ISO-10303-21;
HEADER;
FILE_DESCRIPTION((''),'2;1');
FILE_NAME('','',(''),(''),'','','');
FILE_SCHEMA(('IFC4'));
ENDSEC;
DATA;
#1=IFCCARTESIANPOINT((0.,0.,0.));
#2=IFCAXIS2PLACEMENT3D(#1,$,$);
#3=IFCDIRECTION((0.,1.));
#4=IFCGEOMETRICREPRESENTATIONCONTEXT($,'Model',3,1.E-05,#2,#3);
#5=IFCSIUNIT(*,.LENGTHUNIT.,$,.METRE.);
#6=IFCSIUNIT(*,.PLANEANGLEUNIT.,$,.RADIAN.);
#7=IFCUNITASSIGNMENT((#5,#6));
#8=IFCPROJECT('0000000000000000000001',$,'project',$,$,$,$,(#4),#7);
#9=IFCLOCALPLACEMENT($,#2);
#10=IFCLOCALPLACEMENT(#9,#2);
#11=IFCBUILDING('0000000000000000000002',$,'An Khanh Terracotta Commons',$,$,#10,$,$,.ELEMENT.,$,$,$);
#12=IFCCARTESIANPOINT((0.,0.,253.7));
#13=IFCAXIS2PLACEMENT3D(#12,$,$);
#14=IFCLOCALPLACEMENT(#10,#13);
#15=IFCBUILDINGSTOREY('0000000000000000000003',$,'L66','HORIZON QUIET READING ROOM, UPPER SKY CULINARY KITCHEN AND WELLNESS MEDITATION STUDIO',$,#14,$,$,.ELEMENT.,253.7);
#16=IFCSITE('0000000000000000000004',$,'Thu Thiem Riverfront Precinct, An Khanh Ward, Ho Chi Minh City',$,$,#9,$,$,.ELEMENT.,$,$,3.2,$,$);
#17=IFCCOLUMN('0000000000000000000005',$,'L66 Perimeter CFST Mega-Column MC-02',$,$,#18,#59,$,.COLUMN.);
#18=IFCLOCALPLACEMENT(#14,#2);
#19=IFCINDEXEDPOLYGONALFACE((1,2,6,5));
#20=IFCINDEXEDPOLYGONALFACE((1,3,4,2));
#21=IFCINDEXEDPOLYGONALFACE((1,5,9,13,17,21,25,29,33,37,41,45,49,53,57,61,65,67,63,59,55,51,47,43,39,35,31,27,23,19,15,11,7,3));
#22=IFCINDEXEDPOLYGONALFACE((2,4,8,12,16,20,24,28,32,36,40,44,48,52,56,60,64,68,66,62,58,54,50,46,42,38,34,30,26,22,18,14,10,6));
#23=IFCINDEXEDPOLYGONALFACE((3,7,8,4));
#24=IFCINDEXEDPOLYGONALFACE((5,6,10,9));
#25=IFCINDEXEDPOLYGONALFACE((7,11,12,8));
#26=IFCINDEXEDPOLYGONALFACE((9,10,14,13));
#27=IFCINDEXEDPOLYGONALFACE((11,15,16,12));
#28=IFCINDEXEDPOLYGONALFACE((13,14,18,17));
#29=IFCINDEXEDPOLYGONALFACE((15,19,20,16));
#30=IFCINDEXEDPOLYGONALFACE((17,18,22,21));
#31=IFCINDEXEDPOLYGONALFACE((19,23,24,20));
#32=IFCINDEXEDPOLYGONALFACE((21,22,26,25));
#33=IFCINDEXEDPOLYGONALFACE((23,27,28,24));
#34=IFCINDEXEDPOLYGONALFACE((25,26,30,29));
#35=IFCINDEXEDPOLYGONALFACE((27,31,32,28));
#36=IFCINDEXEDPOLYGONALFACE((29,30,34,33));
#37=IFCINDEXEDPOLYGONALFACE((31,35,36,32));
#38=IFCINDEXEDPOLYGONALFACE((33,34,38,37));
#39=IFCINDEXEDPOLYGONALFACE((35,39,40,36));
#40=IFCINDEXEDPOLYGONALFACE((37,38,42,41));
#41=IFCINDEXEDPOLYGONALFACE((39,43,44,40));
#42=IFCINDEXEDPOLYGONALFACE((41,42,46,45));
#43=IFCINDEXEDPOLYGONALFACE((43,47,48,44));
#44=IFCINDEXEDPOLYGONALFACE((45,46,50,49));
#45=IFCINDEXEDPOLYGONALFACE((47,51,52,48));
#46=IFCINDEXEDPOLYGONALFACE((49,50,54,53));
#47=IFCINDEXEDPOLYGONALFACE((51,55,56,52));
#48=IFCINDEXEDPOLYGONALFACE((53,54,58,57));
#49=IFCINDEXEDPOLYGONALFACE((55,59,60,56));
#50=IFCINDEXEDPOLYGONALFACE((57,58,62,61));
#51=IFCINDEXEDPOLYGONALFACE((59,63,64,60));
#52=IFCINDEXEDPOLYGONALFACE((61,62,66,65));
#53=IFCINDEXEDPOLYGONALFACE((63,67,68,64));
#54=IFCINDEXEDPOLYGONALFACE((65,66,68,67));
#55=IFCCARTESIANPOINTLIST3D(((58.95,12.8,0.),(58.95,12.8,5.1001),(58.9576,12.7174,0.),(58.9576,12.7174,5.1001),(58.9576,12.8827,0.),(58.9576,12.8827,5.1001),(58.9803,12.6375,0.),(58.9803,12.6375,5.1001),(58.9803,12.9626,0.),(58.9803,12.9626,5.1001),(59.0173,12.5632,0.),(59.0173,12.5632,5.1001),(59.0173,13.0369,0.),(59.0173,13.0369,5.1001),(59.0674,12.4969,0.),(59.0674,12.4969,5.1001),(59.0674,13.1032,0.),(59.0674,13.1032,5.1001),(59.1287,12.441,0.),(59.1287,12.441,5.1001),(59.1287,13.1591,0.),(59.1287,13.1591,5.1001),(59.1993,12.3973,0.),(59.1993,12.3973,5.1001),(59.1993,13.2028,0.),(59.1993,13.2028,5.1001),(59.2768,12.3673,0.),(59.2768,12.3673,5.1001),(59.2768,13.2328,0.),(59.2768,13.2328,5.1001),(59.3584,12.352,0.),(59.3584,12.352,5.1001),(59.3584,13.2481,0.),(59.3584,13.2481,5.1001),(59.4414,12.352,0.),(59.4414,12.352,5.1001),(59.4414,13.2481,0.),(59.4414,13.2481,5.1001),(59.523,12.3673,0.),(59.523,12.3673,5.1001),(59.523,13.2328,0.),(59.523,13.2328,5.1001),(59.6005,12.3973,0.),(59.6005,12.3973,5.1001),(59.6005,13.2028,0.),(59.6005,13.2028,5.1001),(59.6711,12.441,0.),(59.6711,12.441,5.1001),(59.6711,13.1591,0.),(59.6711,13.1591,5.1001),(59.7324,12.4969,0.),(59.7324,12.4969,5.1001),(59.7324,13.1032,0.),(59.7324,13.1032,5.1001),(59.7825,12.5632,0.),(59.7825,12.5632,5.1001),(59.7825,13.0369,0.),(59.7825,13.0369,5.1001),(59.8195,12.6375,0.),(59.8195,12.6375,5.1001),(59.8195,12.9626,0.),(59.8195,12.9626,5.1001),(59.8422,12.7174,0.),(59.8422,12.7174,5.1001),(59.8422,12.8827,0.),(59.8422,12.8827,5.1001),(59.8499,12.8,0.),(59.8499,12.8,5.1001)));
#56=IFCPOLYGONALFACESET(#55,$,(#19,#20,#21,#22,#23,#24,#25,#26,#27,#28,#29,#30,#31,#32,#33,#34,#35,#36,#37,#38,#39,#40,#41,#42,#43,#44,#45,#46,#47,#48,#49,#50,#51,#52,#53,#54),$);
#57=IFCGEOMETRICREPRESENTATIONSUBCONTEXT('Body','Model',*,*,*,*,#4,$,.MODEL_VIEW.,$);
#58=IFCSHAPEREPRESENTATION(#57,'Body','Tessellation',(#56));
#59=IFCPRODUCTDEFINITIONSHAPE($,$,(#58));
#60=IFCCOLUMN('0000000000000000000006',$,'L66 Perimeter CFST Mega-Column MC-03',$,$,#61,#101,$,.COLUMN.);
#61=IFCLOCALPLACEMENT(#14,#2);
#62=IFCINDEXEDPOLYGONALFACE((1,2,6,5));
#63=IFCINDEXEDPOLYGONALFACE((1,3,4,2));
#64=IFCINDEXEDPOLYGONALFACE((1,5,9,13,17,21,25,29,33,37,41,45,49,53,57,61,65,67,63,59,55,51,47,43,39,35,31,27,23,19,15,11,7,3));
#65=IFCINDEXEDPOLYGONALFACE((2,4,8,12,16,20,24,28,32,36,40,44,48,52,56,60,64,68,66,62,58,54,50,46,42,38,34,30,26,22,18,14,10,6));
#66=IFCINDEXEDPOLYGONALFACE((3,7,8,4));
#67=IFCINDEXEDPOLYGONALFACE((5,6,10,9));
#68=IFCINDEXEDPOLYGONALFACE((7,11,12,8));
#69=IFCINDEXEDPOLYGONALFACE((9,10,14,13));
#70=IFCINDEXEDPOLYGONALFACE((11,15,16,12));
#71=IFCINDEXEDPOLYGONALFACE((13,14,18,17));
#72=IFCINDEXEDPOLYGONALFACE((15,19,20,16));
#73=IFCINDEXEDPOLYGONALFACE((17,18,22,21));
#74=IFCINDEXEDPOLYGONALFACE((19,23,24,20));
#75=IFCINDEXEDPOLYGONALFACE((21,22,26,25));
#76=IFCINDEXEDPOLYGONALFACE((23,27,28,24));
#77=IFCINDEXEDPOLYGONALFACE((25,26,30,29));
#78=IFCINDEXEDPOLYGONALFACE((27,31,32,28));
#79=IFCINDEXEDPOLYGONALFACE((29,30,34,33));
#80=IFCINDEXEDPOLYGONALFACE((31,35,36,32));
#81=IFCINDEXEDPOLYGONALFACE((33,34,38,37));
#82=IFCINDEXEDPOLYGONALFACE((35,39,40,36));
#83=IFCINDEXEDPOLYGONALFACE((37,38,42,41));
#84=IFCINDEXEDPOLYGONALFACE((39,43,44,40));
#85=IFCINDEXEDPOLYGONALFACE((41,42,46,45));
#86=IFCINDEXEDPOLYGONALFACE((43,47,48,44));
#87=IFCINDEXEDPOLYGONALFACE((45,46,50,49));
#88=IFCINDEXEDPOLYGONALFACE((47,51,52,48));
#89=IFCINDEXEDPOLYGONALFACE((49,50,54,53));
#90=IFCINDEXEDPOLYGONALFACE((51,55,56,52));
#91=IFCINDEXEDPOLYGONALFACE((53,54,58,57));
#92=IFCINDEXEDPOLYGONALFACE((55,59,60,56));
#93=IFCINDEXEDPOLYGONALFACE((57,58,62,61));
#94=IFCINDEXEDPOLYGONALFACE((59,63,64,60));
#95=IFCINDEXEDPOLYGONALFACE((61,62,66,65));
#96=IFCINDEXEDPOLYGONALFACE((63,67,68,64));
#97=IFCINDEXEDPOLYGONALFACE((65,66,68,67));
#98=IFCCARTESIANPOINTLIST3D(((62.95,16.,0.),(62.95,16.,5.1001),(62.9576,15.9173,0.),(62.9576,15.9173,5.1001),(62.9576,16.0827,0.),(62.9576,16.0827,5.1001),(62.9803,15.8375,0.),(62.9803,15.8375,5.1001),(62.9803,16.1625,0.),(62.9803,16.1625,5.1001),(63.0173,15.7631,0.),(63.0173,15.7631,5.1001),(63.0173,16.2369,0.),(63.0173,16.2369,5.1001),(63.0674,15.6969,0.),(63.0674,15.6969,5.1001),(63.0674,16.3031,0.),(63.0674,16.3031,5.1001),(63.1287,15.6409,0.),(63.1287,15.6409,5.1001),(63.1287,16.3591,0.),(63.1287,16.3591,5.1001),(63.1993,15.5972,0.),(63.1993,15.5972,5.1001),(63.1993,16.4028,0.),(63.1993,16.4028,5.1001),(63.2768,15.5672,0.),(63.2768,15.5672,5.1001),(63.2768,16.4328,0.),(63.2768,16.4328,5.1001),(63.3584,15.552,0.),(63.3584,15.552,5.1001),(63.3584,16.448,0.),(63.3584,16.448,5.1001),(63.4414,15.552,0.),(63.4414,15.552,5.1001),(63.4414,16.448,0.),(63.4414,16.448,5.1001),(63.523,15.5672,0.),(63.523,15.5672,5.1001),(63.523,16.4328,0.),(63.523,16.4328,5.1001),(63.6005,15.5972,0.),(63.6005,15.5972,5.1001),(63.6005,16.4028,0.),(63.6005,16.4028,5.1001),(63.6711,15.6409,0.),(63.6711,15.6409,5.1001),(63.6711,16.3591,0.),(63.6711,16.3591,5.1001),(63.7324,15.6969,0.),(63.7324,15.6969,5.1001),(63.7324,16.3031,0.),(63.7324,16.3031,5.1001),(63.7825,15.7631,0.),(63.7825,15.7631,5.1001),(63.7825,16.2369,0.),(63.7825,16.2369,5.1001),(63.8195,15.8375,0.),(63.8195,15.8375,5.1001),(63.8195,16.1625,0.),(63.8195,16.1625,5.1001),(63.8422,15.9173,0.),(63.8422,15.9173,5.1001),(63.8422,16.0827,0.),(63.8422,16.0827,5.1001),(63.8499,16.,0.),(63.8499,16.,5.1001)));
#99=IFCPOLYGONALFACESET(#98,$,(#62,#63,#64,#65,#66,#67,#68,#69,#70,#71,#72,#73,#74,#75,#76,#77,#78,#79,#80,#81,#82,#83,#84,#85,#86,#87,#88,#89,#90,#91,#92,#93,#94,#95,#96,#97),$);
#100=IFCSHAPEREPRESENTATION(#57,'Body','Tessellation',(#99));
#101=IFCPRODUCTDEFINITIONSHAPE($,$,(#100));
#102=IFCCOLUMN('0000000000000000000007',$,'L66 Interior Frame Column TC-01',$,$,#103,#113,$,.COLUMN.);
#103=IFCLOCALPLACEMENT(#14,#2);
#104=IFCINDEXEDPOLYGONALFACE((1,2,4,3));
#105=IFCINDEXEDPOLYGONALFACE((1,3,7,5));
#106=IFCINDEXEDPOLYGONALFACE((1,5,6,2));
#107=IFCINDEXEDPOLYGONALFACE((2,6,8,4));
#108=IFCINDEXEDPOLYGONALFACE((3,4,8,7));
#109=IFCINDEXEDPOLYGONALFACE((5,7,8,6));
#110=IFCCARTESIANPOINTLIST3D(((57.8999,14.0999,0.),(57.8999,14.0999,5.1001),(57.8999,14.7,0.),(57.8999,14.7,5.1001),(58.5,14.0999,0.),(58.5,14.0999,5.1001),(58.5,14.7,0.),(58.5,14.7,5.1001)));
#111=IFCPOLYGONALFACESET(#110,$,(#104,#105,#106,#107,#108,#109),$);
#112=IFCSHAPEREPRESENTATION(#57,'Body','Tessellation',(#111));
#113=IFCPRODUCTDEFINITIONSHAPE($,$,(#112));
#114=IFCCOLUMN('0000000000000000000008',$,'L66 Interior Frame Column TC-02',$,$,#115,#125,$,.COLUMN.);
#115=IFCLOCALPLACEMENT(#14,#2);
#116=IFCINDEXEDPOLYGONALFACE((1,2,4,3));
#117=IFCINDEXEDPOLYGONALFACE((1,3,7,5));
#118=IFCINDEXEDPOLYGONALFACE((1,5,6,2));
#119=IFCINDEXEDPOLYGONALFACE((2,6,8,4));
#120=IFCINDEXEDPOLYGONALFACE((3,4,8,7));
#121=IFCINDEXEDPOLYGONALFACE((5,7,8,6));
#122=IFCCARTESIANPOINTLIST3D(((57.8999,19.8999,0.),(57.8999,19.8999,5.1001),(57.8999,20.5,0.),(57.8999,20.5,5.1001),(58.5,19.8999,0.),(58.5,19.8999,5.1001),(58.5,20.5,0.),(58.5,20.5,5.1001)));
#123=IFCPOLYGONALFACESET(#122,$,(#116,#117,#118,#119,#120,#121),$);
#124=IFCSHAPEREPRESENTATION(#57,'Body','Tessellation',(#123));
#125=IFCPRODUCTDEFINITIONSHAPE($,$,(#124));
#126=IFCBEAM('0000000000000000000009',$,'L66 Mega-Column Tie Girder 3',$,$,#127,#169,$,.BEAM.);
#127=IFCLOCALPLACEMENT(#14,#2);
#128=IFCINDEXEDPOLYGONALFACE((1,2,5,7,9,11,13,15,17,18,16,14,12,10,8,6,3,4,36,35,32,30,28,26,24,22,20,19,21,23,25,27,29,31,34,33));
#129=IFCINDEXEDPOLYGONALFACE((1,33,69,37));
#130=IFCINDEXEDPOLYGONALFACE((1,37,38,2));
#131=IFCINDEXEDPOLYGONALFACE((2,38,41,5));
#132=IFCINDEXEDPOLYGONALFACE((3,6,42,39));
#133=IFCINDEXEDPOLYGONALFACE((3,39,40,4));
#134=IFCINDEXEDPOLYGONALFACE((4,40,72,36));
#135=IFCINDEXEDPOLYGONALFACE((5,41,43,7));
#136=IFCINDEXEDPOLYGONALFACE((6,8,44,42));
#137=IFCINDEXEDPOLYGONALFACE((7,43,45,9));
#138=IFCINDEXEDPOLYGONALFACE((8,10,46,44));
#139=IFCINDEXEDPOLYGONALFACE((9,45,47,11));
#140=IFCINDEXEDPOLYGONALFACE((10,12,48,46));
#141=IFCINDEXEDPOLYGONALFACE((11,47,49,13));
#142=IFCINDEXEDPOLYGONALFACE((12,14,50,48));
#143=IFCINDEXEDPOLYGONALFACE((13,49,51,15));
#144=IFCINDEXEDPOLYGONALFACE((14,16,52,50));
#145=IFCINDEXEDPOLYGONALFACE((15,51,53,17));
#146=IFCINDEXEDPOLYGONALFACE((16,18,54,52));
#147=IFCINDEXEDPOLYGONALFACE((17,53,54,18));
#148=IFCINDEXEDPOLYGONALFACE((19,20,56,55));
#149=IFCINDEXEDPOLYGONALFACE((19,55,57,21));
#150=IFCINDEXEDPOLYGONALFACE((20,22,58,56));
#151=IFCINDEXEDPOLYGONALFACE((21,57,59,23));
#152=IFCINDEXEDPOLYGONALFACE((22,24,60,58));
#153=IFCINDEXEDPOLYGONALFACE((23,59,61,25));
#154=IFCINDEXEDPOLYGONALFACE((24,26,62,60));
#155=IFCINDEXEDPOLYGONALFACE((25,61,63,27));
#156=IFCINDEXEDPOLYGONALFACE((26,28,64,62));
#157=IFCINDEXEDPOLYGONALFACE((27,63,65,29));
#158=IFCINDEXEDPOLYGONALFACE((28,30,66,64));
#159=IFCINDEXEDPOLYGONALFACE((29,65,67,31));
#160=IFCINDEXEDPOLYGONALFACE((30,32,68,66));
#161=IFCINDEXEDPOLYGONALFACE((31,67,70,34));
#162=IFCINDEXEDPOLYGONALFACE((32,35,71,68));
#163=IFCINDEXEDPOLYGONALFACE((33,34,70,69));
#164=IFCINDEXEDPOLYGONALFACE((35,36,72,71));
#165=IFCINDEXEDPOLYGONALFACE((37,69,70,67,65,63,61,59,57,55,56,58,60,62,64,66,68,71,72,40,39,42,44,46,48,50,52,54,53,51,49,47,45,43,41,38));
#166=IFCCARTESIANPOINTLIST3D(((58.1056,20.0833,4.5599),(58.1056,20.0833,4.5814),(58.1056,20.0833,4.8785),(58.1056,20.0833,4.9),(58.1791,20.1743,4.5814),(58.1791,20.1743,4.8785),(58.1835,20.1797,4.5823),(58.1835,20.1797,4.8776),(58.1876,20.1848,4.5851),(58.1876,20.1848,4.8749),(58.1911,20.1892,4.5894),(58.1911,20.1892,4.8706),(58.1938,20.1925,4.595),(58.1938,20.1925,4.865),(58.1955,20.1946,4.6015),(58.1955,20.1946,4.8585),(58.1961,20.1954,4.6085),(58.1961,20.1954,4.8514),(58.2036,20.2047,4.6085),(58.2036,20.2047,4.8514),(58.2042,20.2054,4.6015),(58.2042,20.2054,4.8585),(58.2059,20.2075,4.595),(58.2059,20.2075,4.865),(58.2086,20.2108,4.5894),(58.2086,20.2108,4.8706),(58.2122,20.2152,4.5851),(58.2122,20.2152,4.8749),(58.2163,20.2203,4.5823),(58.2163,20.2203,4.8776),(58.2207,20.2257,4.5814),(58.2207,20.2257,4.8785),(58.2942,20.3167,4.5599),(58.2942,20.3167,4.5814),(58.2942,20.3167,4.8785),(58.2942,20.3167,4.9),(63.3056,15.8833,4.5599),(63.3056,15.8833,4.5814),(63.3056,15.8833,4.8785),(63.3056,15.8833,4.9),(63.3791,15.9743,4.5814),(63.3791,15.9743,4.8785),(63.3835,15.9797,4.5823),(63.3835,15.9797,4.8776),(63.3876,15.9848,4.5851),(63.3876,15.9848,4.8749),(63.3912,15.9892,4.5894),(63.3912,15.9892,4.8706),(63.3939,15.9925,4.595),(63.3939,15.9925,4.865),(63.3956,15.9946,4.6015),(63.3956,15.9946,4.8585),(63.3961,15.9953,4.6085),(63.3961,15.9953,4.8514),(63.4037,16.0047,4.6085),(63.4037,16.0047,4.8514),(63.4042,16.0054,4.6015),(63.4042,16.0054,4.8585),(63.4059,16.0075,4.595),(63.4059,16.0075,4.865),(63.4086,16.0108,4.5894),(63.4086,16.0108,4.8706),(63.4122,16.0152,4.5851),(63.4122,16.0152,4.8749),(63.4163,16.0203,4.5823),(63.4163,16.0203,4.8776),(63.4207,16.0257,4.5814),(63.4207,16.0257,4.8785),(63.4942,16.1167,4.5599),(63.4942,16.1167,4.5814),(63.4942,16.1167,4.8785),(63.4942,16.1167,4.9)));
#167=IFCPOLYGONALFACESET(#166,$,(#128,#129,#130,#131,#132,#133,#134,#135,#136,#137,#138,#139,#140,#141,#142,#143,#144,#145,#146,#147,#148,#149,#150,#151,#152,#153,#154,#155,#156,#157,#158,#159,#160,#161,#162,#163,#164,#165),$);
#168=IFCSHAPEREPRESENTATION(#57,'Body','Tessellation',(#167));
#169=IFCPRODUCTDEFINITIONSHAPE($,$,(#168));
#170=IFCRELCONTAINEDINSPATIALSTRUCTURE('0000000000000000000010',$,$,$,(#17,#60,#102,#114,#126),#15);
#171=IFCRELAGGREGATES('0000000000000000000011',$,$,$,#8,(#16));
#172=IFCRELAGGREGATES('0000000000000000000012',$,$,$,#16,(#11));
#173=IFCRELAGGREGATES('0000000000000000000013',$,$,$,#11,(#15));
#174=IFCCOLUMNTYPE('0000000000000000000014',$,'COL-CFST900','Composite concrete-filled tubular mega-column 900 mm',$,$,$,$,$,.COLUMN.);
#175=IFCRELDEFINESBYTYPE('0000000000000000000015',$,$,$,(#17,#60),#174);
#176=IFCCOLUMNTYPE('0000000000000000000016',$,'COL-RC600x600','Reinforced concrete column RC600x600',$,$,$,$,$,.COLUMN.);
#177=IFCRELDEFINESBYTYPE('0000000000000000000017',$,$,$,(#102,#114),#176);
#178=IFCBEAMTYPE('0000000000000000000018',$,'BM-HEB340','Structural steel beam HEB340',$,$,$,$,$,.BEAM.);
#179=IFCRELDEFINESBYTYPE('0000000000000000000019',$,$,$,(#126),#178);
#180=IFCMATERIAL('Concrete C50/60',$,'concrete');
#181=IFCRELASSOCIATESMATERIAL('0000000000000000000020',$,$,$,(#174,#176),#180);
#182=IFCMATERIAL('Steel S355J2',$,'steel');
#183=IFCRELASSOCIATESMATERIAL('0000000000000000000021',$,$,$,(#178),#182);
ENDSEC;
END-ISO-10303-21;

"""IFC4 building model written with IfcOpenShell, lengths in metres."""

from ifc_helpers import new_model, si_unit, direction, frame, origin, origin_2d, place, context, subcontext, project, spatial, rectangle, circle, i_section, extrude, material, material_profile, profile_set, type_object, element, save


model = new_model("IFC4")

# Units and contexts
model_context = context("Model", 3, precision=1e-05, world=origin(), true_north=direction((0.0, 1.0)))
body_context = subcontext(model_context, "Body", "Model", "MODEL_VIEW")
ifc_project = project(units=[si_unit("LENGTHUNIT", "METRE"), si_unit("PLANEANGLEUNIT", "RADIAN")], contexts=[model_context])

# Site, building, storey
site_placement = place(None, origin())
site = spatial("IfcSite", under=ifc_project, at=site_placement, Name="Thu Thiem Riverfront Precinct, An Khanh Ward, Ho Chi Minh City", CompositionType="ELEMENT", RefElevation=3.2)
building_placement = place(site_placement, origin())
building = spatial("IfcBuilding", under=site, at=building_placement, Name="An Khanh Terracotta Commons", CompositionType="ELEMENT")
storey_placement = place(building_placement, frame((0.0, 0.0, 253.7)))
storey = spatial("IfcBuildingStorey", under=building, at=storey_placement, Name="L66", Description="HORIZON QUIET READING ROOM, UPPER SKY CULINARY KITCHEN AND WELLNESS MEDITATION STUDIO", CompositionType="ELEMENT", Elevation=253.7)

# Columns
ifc_material_1 = material(Name="Concrete C50/60", Category="concrete")
ifc_material_profile_1 = material_profile(ifc_material_1, circle(Radius=0.45, at=origin_2d()), Name="CFST900")
ifc_profile_set_1 = profile_set([ifc_material_profile_1], Name="Concrete C50/60")
column_type_1 = type_object("IfcColumnType", Name="COL-CFST900", Description="Composite concrete-filled tubular mega-column 900 mm", PredefinedType="COLUMN", material=ifc_profile_set_1)
for number, where, z_axis, x_axis, name in (
    (1, (59.3999, 12.8, 0.0), (0.0, 0.0, 1.0), (1.0, 0.0, 0.0), "L66 Perimeter CFST Mega-Column MC-02"),
    (2, (63.3999, 16.0, 0.0), (0.0, 0.0, 1.0), (1.0, 0.0, 0.0), "L66 Perimeter CFST Mega-Column MC-03"),
):
    element("IfcColumn", number, at=place(storey_placement, frame(where, z_axis=z_axis, x_axis=x_axis)), inside=storey, type_object=column_type_1, Name=name, PredefinedType="COLUMN", context=body_context, shape_type="SweptSolid", body=[
        extrude(circle(Radius=0.45, at=origin_2d()), origin(), (0.0, 0.0, 1.0), 5.1001),
    ])
ifc_material_profile_2 = material_profile(ifc_material_1, rectangle(XDim=0.6001, YDim=0.6001, at=origin_2d()), Name="RC600x600")
ifc_profile_set_2 = profile_set([ifc_material_profile_2], Name="Concrete C50/60")
column_type_2 = type_object("IfcColumnType", Name="COL-RC600x600", Description="Reinforced concrete column RC600x600", PredefinedType="COLUMN", material=ifc_profile_set_2)
for number, where, z_axis, x_axis, name in (
    (3, (58.2, 14.3999, 0.0), (0.0, 0.0, 1.0), (1.0, 0.0, 0.0), "L66 Interior Frame Column TC-01"),
    (4, (58.2, 20.2, 0.0), (0.0, 0.0, 1.0), (1.0, 0.0, 0.0), "L66 Interior Frame Column TC-02"),
):
    element("IfcColumn", number, at=place(storey_placement, frame(where, z_axis=z_axis, x_axis=x_axis)), inside=storey, type_object=column_type_2, Name=name, PredefinedType="COLUMN", context=body_context, shape_type="SweptSolid", body=[
        extrude(rectangle(XDim=0.6001, YDim=0.6001, at=origin_2d()), origin(), (0.0, 0.0, 1.0), 5.1001),
    ])

# Beam
ifc_material_2 = material(Name="Steel S355J2", Category="steel")
ifc_material_profile_3 = material_profile(ifc_material_2, i_section(OverallWidth=0.3, OverallDepth=0.3401, WebThickness=0.012, FlangeThickness=0.0215, FilletRadius=0.0271, at=origin_2d()), Name="HEB340")
ifc_profile_set_3 = profile_set([ifc_material_profile_3], Name="Steel S355J2")
beam_type_1 = type_object("IfcBeamType", Name="BM-HEB340", Description="Structural steel beam HEB340", PredefinedType="BEAM", material=ifc_profile_set_3)
beam_1_placement = place(storey_placement, frame((63.3999, 16.0, 4.73), z_axis=(-0.777942, 0.628336, 0.0), x_axis=(-0.628336, -0.777942, 0.0)))
element("IfcBeam", 5, at=beam_1_placement, inside=storey, type_object=beam_type_1, Name="L66 Mega-Column Tie Girder 3", PredefinedType="BEAM", context=body_context, shape_type="SweptSolid", body=[
    extrude(i_section(OverallWidth=0.3, OverallDepth=0.3401, WebThickness=0.012, FlangeThickness=0.0215, FilletRadius=0.0271, at=origin_2d()), origin(), (0.0, 0.0, 1.0), 6.6843),
])

save(model, "model.ifc")
